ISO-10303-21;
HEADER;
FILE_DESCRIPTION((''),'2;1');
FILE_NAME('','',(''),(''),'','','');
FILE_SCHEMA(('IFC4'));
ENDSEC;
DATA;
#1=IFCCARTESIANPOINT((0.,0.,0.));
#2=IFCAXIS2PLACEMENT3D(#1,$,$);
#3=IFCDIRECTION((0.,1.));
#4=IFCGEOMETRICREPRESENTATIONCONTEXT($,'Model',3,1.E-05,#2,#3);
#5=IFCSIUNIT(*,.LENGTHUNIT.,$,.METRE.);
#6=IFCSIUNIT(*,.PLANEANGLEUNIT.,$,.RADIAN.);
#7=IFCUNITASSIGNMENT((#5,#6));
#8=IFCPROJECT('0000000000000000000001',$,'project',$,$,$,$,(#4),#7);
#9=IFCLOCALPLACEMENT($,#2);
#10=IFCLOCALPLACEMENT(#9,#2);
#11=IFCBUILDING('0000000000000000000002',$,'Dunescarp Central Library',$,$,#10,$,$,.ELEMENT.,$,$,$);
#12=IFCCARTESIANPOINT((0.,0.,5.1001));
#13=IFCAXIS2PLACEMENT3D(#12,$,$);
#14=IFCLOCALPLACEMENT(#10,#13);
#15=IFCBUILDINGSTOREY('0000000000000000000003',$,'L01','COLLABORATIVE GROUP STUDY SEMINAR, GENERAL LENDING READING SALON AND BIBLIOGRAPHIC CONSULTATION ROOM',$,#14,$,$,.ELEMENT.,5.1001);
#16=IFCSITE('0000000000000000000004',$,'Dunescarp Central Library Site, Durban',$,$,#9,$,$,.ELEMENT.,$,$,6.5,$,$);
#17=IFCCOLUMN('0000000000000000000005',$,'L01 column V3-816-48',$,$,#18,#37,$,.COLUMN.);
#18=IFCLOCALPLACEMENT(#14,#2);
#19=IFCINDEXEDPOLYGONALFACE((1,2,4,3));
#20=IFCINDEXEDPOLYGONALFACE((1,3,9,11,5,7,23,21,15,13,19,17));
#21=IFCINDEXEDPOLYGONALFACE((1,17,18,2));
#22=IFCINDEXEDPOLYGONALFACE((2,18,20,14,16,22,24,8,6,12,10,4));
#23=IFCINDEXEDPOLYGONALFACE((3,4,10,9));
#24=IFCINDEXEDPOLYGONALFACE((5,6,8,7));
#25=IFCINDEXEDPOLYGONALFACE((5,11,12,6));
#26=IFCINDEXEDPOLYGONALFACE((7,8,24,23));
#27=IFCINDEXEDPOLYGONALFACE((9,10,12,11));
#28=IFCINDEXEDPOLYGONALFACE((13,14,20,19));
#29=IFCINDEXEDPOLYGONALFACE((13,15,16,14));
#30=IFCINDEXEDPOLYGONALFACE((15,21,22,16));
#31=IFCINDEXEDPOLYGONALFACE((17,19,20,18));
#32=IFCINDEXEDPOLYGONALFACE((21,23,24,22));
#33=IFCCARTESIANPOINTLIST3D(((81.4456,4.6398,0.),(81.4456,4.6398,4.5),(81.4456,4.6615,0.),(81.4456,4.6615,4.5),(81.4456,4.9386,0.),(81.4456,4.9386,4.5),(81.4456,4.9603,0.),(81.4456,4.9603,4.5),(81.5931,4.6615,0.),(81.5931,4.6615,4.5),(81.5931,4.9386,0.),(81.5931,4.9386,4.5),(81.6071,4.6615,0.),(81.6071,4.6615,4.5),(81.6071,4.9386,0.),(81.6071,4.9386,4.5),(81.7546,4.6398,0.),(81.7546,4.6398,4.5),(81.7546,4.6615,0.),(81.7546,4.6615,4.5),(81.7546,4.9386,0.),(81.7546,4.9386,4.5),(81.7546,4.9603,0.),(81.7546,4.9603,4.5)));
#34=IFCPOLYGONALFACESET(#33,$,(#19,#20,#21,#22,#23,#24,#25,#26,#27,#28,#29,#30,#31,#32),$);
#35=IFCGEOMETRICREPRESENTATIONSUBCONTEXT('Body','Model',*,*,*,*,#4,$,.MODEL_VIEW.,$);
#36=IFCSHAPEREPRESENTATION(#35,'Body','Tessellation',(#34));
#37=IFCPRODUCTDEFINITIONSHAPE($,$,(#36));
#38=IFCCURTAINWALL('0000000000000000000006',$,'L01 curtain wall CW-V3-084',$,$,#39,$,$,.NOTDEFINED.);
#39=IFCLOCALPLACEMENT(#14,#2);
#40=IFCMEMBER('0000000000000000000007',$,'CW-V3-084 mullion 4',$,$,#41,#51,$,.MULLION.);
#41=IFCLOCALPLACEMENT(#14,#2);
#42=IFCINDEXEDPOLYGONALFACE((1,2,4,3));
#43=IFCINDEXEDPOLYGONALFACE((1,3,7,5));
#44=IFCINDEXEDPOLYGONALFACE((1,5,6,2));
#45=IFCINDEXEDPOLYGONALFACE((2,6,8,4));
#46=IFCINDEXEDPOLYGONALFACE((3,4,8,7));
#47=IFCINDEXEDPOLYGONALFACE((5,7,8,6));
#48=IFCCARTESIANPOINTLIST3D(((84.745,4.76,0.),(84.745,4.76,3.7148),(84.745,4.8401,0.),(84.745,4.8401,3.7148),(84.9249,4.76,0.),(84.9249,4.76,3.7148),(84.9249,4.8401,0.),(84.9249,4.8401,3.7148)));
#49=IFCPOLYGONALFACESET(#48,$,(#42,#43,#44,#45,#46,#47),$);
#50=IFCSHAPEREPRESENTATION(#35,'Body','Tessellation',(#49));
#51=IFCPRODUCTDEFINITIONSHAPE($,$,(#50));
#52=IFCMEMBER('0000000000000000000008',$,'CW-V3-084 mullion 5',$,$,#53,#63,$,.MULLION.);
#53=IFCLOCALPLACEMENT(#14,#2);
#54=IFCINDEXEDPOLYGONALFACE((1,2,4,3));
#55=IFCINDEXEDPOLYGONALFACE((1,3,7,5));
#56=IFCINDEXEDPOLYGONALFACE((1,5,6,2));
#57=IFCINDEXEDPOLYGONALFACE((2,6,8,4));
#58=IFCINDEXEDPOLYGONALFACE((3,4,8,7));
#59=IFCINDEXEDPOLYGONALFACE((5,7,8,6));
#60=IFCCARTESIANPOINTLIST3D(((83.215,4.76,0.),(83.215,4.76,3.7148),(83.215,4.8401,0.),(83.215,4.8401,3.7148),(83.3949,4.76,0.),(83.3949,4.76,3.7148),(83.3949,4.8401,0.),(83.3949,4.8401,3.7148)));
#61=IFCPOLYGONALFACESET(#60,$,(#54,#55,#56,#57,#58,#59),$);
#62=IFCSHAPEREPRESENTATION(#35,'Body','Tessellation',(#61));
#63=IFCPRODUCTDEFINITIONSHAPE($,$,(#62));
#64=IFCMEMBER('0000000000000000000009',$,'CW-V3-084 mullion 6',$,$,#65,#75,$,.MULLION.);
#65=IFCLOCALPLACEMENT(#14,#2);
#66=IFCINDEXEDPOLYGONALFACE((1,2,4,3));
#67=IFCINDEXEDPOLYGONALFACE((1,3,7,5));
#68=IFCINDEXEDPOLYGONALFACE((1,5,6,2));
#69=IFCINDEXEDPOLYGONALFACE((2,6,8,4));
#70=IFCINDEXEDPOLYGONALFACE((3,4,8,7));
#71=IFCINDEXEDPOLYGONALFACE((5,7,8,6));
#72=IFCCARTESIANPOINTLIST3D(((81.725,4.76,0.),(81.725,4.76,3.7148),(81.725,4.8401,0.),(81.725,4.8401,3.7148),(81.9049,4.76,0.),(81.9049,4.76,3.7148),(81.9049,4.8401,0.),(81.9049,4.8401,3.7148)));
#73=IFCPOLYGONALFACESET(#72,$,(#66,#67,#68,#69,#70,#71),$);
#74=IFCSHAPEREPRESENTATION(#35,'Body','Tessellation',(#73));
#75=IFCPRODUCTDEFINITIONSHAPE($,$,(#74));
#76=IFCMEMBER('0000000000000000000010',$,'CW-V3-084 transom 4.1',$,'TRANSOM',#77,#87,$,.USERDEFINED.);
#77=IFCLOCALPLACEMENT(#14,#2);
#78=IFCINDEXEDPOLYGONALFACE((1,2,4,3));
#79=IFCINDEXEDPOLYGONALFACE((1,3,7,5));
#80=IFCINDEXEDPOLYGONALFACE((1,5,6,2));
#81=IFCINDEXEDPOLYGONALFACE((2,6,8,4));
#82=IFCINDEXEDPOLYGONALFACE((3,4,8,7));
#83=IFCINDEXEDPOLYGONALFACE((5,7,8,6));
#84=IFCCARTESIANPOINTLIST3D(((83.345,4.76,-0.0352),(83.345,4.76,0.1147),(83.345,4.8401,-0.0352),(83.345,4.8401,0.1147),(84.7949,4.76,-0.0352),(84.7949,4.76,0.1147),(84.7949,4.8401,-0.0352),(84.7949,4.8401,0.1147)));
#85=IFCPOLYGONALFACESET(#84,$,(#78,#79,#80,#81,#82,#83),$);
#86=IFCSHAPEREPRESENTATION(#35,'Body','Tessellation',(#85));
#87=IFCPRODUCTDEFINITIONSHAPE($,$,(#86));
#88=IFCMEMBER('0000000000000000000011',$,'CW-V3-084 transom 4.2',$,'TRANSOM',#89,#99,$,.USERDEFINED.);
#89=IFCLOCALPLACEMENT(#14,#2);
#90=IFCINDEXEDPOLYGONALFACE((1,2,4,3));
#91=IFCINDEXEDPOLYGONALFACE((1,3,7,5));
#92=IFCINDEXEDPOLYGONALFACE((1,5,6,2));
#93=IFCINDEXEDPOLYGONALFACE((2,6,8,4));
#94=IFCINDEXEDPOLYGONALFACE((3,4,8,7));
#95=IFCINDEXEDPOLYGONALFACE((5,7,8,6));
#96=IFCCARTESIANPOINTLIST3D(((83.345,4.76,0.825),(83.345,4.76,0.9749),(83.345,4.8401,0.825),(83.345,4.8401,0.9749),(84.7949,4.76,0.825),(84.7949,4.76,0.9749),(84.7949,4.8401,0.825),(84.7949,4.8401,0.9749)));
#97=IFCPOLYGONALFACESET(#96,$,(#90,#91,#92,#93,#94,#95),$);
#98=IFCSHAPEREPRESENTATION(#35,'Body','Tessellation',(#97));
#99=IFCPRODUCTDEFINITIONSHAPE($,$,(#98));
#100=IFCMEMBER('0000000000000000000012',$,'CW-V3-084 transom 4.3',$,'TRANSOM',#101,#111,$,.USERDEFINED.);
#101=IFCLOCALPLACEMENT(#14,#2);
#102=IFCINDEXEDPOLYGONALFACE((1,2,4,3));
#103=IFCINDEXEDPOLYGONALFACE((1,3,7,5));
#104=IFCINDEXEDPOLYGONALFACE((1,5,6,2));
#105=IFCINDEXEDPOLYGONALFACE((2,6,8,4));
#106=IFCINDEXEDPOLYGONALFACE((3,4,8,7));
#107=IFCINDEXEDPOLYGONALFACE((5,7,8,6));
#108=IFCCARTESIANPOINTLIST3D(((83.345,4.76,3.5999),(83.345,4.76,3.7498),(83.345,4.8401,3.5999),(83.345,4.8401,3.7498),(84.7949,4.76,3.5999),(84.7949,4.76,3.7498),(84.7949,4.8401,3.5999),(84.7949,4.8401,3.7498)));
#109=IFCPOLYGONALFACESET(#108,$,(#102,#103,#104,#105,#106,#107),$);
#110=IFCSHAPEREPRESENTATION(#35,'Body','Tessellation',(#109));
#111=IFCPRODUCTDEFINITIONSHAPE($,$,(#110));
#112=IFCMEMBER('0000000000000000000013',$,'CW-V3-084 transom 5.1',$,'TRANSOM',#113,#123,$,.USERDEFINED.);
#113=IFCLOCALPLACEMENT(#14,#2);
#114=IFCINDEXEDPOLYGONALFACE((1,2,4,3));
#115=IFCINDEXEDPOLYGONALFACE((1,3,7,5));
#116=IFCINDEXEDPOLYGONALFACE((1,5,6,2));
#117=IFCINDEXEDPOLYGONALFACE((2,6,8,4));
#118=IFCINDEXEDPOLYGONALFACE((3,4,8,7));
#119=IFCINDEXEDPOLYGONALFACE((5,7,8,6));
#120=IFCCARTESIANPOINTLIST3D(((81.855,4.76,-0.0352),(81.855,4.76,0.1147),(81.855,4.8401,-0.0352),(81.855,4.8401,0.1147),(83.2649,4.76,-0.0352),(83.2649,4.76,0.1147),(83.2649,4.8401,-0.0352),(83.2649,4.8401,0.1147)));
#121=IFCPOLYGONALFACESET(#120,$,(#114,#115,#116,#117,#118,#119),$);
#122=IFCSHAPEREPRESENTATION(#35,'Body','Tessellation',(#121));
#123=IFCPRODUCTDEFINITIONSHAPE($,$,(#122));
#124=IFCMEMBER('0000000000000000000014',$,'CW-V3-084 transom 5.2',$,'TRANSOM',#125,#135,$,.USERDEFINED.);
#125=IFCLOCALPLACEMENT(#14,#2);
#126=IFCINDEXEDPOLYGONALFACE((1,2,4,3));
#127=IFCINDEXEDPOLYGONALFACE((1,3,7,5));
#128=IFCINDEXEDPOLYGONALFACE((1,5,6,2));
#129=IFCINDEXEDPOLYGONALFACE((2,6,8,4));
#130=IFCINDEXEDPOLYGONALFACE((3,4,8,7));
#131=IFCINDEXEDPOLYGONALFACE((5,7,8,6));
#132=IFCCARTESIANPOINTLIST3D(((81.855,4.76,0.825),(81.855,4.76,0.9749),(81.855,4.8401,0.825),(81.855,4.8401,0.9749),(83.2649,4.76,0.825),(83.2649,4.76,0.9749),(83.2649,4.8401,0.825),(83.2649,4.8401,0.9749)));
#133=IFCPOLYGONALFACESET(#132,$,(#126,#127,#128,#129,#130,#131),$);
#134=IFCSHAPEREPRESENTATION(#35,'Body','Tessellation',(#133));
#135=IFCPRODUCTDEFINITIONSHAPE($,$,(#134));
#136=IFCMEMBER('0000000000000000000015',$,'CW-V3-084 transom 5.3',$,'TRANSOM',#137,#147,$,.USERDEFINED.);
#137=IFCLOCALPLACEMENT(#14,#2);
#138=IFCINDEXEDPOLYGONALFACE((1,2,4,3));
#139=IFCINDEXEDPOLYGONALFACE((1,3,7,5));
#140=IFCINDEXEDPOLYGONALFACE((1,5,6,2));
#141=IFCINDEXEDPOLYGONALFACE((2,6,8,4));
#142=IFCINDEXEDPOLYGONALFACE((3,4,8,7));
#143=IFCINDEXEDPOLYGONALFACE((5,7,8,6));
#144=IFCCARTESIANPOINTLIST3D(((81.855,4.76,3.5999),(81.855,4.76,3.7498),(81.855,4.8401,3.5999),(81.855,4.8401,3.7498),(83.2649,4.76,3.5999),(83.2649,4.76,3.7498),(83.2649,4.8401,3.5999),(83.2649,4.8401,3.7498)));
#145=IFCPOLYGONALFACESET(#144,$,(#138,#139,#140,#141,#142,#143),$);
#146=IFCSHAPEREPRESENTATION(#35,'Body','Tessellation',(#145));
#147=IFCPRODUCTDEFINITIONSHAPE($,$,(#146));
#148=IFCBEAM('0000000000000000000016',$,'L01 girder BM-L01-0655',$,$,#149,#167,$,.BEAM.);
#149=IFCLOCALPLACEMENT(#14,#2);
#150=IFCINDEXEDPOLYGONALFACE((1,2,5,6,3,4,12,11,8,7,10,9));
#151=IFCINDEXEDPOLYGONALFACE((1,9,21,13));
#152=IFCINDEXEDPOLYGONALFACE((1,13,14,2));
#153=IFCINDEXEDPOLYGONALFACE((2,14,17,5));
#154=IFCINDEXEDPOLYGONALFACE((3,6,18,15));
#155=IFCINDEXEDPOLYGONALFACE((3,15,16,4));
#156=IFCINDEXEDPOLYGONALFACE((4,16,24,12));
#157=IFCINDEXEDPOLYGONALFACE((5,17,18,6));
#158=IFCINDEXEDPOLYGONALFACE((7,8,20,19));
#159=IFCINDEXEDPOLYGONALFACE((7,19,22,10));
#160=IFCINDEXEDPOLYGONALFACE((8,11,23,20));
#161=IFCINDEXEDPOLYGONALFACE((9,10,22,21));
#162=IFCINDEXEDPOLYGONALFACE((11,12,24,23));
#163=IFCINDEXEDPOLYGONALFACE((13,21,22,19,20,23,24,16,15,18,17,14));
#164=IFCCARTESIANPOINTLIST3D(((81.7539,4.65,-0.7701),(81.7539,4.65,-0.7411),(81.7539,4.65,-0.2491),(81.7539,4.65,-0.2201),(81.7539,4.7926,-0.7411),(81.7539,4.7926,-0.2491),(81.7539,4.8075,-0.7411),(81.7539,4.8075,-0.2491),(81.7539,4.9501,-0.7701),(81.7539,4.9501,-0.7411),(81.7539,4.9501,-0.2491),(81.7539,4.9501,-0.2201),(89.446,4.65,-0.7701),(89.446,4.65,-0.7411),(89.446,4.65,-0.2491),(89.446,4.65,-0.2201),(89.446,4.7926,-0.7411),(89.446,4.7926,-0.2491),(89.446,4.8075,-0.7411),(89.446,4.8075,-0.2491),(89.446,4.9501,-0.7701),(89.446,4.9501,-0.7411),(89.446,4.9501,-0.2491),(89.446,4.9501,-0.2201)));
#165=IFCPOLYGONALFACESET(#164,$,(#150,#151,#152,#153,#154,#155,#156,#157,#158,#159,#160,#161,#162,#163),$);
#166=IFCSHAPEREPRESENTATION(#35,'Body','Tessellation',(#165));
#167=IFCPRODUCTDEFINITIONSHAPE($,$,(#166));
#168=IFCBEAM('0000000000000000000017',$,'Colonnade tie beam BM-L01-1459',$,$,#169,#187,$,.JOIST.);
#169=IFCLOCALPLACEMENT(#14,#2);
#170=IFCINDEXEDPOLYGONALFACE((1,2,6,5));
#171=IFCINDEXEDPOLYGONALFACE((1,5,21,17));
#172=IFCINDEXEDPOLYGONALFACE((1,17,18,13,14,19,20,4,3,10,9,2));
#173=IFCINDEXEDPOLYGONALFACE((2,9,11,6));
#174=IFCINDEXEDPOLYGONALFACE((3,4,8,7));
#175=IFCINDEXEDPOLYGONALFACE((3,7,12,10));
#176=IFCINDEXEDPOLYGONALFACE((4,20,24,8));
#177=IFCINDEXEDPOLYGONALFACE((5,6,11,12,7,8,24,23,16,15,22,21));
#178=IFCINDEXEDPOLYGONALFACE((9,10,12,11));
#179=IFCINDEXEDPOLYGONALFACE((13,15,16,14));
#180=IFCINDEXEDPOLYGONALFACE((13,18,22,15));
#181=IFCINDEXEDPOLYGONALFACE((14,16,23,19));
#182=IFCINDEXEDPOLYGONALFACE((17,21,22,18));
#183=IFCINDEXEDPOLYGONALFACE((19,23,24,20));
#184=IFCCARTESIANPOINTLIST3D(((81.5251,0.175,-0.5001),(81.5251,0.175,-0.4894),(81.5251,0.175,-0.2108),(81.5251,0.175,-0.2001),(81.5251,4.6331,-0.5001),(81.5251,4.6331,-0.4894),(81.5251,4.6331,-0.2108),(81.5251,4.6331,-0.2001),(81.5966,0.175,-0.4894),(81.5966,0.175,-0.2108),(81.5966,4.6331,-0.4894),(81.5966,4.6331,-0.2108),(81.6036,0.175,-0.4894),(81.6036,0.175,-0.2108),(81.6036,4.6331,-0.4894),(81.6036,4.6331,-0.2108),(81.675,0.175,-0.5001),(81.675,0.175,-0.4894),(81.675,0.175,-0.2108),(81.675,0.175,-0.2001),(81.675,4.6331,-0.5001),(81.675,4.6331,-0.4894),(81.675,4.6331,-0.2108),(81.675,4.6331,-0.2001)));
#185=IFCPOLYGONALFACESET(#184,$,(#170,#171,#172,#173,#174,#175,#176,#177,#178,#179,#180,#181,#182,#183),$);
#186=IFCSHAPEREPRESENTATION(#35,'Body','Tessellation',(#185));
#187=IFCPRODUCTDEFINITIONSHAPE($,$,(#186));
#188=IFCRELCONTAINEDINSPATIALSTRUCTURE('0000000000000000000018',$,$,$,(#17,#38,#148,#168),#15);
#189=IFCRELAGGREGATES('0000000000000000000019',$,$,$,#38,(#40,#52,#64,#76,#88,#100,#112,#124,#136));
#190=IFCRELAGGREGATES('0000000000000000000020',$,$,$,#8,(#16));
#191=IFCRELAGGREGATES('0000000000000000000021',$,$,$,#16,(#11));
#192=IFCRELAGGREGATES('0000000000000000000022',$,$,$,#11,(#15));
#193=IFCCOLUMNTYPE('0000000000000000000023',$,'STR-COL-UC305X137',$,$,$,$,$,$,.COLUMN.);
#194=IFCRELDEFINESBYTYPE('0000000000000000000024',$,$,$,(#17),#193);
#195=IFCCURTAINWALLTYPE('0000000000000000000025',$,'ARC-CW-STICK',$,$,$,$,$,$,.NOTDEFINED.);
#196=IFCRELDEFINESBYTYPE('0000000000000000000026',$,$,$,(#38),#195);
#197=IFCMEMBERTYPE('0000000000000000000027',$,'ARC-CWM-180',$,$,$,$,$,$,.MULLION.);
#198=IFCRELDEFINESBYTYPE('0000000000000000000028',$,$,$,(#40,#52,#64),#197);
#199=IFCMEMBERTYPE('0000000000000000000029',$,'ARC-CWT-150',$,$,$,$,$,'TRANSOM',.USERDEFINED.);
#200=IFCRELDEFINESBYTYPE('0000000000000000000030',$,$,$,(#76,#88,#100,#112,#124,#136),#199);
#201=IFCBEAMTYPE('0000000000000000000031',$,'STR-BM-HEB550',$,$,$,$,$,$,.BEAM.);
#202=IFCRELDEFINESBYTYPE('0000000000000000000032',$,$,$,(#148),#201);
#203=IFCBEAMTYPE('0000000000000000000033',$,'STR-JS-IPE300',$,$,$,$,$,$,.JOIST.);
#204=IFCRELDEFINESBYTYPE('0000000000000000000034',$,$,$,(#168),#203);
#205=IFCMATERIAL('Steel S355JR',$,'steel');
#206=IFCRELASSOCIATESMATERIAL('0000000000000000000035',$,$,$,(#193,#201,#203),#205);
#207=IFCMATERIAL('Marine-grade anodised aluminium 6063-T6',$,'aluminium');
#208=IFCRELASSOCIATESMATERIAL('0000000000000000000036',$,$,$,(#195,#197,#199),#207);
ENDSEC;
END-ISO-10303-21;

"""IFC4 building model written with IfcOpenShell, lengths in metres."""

from ifc_helpers import new_model, si_unit, direction, frame, origin, origin_2d, place, context, subcontext, project, spatial, rectangle, i_section, extrude, material, material_profile, profile_set, type_object, element, aggregate, save


model = new_model("IFC4")

# Units and contexts
model_context = context("Model", 3, precision=1e-05, world=origin(), true_north=direction((0.0, 1.0)))
body_context = subcontext(model_context, "Body", "Model", "MODEL_VIEW")
ifc_project = project(units=[si_unit("LENGTHUNIT", "METRE"), si_unit("PLANEANGLEUNIT", "RADIAN")], contexts=[model_context])

# Site, building, storey
site_placement = place(None, origin())
site = spatial("IfcSite", under=ifc_project, at=site_placement, Name="Dunescarp Central Library Site, Durban", CompositionType="ELEMENT", RefElevation=6.5)
building_placement = place(site_placement, origin())
building = spatial("IfcBuilding", under=site, at=building_placement, Name="Dunescarp Central Library", CompositionType="ELEMENT")
storey_placement = place(building_placement, frame((0.0, 0.0, 5.1001)))
storey = spatial("IfcBuildingStorey", under=building, at=storey_placement, Name="L01", Description="COLLABORATIVE GROUP STUDY SEMINAR, GENERAL LENDING READING SALON AND BIBLIOGRAPHIC CONSULTATION ROOM", CompositionType="ELEMENT", Elevation=5.1001)

# Column
ifc_material_1 = material(Name="Steel S355JR", Category="steel")
ifc_material_profile_1 = material_profile(ifc_material_1, i_section(OverallWidth=0.3091, OverallDepth=0.3206, WebThickness=0.0139, FlangeThickness=0.0217, at=origin_2d()), Name="UC 305x305x137")
ifc_profile_set_1 = profile_set([ifc_material_profile_1], Name="Steel S355JR")
column_type = type_object("IfcColumnType", Name="STR-COL-UC305X137", PredefinedType="COLUMN", material=ifc_profile_set_1)
column_placement = place(storey_placement, frame((81.6001, 4.8, 0.0), z_axis=(0.0, 0.0, 1.0), x_axis=(1.0, 0.0, 0.0)))
element("IfcColumn", 1, at=column_placement, inside=storey, type_object=column_type, Name="L01 column V3-816-48", PredefinedType="COLUMN", context=body_context, shape_type="SweptSolid", body=[
    extrude(i_section(OverallWidth=0.3091, OverallDepth=0.3206, WebThickness=0.0139, FlangeThickness=0.0217, at=origin_2d()), origin(), (0.0, 0.0, 1.0), 4.5),
])

# Curtain wall, members
ifc_material_2 = material(Name="Marine-grade anodised aluminium 6063-T6", Category="aluminium")
curtain_wall_type = type_object("IfcCurtainWallType", Name="ARC-CW-STICK", PredefinedType="NOTDEFINED", material=ifc_material_2)
curtain_wall_placement = place(storey_placement, origin())
curtain_wall = element("IfcCurtainWall", 2, at=curtain_wall_placement, inside=storey, type_object=curtain_wall_type, Name="L01 curtain wall CW-V3-084", PredefinedType="NOTDEFINED")
ifc_material_profile_2 = material_profile(ifc_material_2, rectangle(XDim=0.0801, YDim=0.1799, at=origin_2d()), Name="AL 80x180")
ifc_profile_set_2 = profile_set([ifc_material_profile_2], Name="Marine-grade anodised aluminium 6063-T6")
member_type_1 = type_object("IfcMemberType", Name="ARC-CWM-180", PredefinedType="MULLION", material=ifc_profile_set_2)
member_1_placement = place(storey_placement, frame((84.835, 4.8, 0.0), z_axis=(0.0, 0.0, 1.0), x_axis=(0.0, -1.0, 0.0)))
member_1 = element("IfcMember", 3, at=member_1_placement, type_object=member_type_1, Name="CW-V3-084 mullion 4", PredefinedType="MULLION", context=body_context, shape_type="SweptSolid", body=[
    extrude(rectangle(XDim=0.0801, YDim=0.1799, at=origin_2d()), origin(), (0.0, 0.0, 1.0), 3.7148),
])
member_2_placement = place(storey_placement, frame((83.3049, 4.8, 0.0), z_axis=(0.0, 0.0, 1.0), x_axis=(0.0, -1.0, 0.0)))
member_2 = element("IfcMember", 4, at=member_2_placement, type_object=member_type_1, Name="CW-V3-084 mullion 5", PredefinedType="MULLION", context=body_context, shape_type="SweptSolid", body=[
    extrude(rectangle(XDim=0.0801, YDim=0.1799, at=origin_2d()), origin(), (0.0, 0.0, 1.0), 3.7148),
])
member_3_placement = place(storey_placement, frame((81.8149, 4.8, 0.0), z_axis=(0.0, 0.0, 1.0), x_axis=(0.0, -1.0, 0.0)))
member_3 = element("IfcMember", 5, at=member_3_placement, type_object=member_type_1, Name="CW-V3-084 mullion 6", PredefinedType="MULLION", context=body_context, shape_type="SweptSolid", body=[
    extrude(rectangle(XDim=0.0801, YDim=0.1799, at=origin_2d()), origin(), (0.0, 0.0, 1.0), 3.7148),
])
ifc_material_profile_3 = material_profile(ifc_material_2, rectangle(XDim=0.0801, YDim=0.1499, at=origin_2d()), Name="AL 80x150")
ifc_profile_set_3 = profile_set([ifc_material_profile_3], Name="Marine-grade anodised aluminium 6063-T6")
member_type_2 = type_object("IfcMemberType", Name="ARC-CWT-150", ElementType="TRANSOM", PredefinedType="USERDEFINED", material=ifc_profile_set_3)
member_4_placement = place(storey_placement, frame((84.7949, 4.8, 0.0398), z_axis=(-1.0, 0.0, 0.0), x_axis=(0.0, -1.0, 0.0)))
member_4 = element("IfcMember", 6, at=member_4_placement, type_object=member_type_2, Name="CW-V3-084 transom 4.1", ObjectType="TRANSOM", PredefinedType="USERDEFINED", context=body_context, shape_type="SweptSolid", body=[
    extrude(rectangle(XDim=0.0801, YDim=0.1499, at=origin_2d()), origin(), (0.0, 0.0, 1.0), 1.45),
])
member_5_placement = place(storey_placement, frame((84.7949, 4.8, 0.8999), z_axis=(-1.0, 0.0, 0.0), x_axis=(0.0, -1.0, 0.0)))
member_5 = element("IfcMember", 7, at=member_5_placement, type_object=member_type_2, Name="CW-V3-084 transom 4.2", ObjectType="TRANSOM", PredefinedType="USERDEFINED", context=body_context, shape_type="SweptSolid", body=[
    extrude(rectangle(XDim=0.0801, YDim=0.1499, at=origin_2d()), origin(), (0.0, 0.0, 1.0), 1.45),
])
member_6_placement = place(storey_placement, frame((84.7949, 4.8, 3.6748), z_axis=(-1.0, 0.0, 0.0), x_axis=(0.0, -1.0, 0.0)))
member_6 = element("IfcMember", 8, at=member_6_placement, type_object=member_type_2, Name="CW-V3-084 transom 4.3", ObjectType="TRANSOM", PredefinedType="USERDEFINED", context=body_context, shape_type="SweptSolid", body=[
    extrude(rectangle(XDim=0.0801, YDim=0.1499, at=origin_2d()), origin(), (0.0, 0.0, 1.0), 1.45),
])
member_7_placement = place(storey_placement, frame((83.2649, 4.8, 0.0398), z_axis=(-1.0, 0.0, 0.0), x_axis=(0.0, -1.0, 0.0)))
member_7 = element("IfcMember", 9, at=member_7_placement, type_object=member_type_2, Name="CW-V3-084 transom 5.1", ObjectType="TRANSOM", PredefinedType="USERDEFINED", context=body_context, shape_type="SweptSolid", body=[
    extrude(rectangle(XDim=0.0801, YDim=0.1499, at=origin_2d()), origin(), (0.0, 0.0, 1.0), 1.4099),
])
member_8_placement = place(storey_placement, frame((83.2649, 4.8, 0.8999), z_axis=(-1.0, 0.0, 0.0), x_axis=(0.0, -1.0, 0.0)))
member_8 = element("IfcMember", 10, at=member_8_placement, type_object=member_type_2, Name="CW-V3-084 transom 5.2", ObjectType="TRANSOM", PredefinedType="USERDEFINED", context=body_context, shape_type="SweptSolid", body=[
    extrude(rectangle(XDim=0.0801, YDim=0.1499, at=origin_2d()), origin(), (0.0, 0.0, 1.0), 1.4099),
])
member_9_placement = place(storey_placement, frame((83.2649, 4.8, 3.6748), z_axis=(-1.0, 0.0, 0.0), x_axis=(0.0, -1.0, 0.0)))
member_9 = element("IfcMember", 11, at=member_9_placement, type_object=member_type_2, Name="CW-V3-084 transom 5.3", ObjectType="TRANSOM", PredefinedType="USERDEFINED", context=body_context, shape_type="SweptSolid", body=[
    extrude(rectangle(XDim=0.0801, YDim=0.1499, at=origin_2d()), origin(), (0.0, 0.0, 1.0), 1.4099),
])

# Beams
ifc_material_profile_4 = material_profile(ifc_material_1, i_section(OverallWidth=0.3, OverallDepth=0.55, WebThickness=0.0149, FlangeThickness=0.0291, at=origin_2d()), Name="HEB 550")
ifc_profile_set_4 = profile_set([ifc_material_profile_4], Name="Steel S355JR")
beam_type_1 = type_object("IfcBeamType", Name="STR-BM-HEB550", PredefinedType="BEAM", material=ifc_profile_set_4)
beam_1_placement = place(storey_placement, frame((81.7539, 4.8, -0.4951), z_axis=(1.0, 0.0, 0.0), x_axis=(0.0, 1.0, 0.0)))
element("IfcBeam", 12, at=beam_1_placement, inside=storey, type_object=beam_type_1, Name="L01 girder BM-L01-0655", PredefinedType="BEAM", context=body_context, shape_type="SweptSolid", body=[
    extrude(i_section(OverallWidth=0.3, OverallDepth=0.55, WebThickness=0.0149, FlangeThickness=0.0291, at=origin_2d()), origin(), (0.0, 0.0, 1.0), 7.6921),
])
ifc_material_profile_5 = material_profile(ifc_material_1, i_section(OverallWidth=0.1499, OverallDepth=0.3, WebThickness=0.0071, FlangeThickness=0.0107, at=origin_2d()), Name="IPE 300")
ifc_profile_set_5 = profile_set([ifc_material_profile_5], Name="Steel S355JR")
beam_type_2 = type_object("IfcBeamType", Name="STR-JS-IPE300", PredefinedType="JOIST", material=ifc_profile_set_5)
beam_2_placement = place(storey_placement, frame((81.6001, 0.175, -0.3501), z_axis=(0.0, 1.0, 0.0), x_axis=(-1.0, 0.0, 0.0)))
element("IfcBeam", 13, at=beam_2_placement, inside=storey, type_object=beam_type_2, Name="Colonnade tie beam BM-L01-1459", PredefinedType="JOIST", context=body_context, shape_type="SweptSolid", body=[
    extrude(i_section(OverallWidth=0.1499, OverallDepth=0.3, WebThickness=0.0071, FlangeThickness=0.0107, at=origin_2d()), origin(), (0.0, 0.0, 1.0), 4.458),
])

aggregate(curtain_wall, [member_1, member_2, member_3, member_4, member_5, member_6, member_7, member_8, member_9])

save(model, "model.ifc")
